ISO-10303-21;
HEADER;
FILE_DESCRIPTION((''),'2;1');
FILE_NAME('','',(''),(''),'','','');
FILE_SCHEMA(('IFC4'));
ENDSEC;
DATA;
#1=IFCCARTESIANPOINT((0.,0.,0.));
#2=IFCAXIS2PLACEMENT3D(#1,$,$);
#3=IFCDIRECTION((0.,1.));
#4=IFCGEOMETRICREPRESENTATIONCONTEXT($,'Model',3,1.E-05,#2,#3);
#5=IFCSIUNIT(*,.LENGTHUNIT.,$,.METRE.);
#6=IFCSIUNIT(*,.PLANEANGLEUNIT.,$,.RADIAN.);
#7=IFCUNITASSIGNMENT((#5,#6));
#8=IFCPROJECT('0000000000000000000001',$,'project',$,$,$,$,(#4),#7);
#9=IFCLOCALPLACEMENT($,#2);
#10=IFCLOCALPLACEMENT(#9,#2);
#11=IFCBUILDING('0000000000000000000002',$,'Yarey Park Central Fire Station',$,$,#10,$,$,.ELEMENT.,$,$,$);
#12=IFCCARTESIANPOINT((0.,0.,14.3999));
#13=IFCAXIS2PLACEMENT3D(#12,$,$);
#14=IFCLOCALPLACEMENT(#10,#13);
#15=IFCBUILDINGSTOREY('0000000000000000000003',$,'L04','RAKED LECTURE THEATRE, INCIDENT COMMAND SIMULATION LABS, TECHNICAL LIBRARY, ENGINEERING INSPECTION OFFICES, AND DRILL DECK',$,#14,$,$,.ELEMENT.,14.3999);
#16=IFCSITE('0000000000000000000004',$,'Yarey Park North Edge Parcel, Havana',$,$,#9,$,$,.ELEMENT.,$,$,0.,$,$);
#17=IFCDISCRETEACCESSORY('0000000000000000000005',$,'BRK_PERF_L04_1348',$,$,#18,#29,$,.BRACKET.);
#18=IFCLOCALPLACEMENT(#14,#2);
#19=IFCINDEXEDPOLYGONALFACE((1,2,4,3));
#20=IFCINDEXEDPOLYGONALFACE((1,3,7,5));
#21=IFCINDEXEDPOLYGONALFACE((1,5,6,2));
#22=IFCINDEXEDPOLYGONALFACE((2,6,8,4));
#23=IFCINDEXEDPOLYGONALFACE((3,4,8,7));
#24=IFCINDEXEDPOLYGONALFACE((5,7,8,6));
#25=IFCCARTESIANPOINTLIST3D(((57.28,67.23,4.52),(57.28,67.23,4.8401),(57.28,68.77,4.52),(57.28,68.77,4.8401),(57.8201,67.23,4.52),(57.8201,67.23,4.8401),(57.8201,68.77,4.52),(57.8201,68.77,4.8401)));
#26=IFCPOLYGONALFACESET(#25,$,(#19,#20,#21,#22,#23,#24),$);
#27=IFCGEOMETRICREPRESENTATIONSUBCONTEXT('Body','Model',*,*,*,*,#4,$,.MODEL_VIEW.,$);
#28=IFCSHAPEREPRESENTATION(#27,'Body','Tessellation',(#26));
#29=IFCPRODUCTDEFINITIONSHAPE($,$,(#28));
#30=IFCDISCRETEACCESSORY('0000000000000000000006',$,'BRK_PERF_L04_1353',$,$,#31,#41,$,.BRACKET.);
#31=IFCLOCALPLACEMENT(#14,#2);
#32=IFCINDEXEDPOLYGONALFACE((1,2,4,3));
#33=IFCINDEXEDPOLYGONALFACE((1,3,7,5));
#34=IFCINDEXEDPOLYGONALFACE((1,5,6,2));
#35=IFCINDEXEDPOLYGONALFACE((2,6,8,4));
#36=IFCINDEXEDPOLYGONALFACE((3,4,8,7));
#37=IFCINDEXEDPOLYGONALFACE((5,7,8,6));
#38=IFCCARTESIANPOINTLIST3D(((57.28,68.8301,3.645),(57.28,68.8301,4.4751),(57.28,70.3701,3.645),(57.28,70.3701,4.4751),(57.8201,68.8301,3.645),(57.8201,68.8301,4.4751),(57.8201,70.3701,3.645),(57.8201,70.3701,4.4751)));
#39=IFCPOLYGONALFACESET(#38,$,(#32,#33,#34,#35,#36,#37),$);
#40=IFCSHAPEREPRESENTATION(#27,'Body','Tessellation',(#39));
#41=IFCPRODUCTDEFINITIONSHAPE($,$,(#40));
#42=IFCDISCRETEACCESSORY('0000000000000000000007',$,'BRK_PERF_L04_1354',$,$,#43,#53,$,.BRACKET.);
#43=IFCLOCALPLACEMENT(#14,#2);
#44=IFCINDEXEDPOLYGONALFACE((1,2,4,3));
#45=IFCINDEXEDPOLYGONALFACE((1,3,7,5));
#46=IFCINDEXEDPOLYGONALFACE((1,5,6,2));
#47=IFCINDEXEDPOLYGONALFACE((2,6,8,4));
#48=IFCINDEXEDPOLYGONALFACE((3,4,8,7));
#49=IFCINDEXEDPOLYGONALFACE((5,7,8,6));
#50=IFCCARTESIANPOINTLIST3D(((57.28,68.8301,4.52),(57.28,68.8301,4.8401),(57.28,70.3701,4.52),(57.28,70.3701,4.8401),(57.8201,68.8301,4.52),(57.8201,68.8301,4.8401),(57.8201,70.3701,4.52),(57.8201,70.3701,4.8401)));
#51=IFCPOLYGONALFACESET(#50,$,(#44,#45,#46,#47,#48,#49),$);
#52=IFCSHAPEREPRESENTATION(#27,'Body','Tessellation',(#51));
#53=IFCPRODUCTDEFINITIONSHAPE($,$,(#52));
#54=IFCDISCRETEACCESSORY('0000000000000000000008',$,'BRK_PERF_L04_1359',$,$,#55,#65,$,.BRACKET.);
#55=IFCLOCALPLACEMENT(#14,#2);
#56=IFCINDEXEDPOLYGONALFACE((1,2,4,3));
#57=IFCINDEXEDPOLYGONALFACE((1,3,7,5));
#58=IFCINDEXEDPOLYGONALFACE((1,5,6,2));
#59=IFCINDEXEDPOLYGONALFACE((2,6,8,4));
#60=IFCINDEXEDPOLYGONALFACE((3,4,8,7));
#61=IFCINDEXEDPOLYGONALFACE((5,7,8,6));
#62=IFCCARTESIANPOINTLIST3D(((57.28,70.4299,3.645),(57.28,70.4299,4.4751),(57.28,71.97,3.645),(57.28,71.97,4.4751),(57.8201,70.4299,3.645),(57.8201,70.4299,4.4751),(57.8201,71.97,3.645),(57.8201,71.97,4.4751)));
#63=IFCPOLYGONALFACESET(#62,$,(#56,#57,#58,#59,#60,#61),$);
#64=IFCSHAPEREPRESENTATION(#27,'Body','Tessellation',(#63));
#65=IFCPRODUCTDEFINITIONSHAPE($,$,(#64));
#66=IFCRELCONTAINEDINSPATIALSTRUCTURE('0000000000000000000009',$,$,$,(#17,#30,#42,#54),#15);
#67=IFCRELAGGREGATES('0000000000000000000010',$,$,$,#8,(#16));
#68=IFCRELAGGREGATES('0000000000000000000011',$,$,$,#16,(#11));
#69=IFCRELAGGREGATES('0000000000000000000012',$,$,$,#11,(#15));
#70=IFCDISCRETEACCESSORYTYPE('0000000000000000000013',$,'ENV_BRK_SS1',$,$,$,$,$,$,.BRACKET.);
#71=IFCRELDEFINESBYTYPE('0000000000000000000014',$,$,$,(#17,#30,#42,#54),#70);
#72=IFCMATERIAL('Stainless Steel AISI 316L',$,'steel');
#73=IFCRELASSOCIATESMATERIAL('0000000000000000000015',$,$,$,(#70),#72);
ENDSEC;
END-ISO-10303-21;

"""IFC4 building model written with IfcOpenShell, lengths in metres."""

from ifc_helpers import new_model, si_unit, direction, frame, origin, origin_2d, place, context, subcontext, project, spatial, rectangle, extrude, material, type_object, element, save


model = new_model("IFC4")

# Units and contexts
model_context = context("Model", 3, precision=1e-05, world=origin(), true_north=direction((0.0, 1.0)))
body_context = subcontext(model_context, "Body", "Model", "MODEL_VIEW")
ifc_project = project(units=[si_unit("LENGTHUNIT", "METRE"), si_unit("PLANEANGLEUNIT", "RADIAN")], contexts=[model_context])

# Site, building, storey
site_placement = place(None, origin())
site = spatial("IfcSite", under=ifc_project, at=site_placement, Name="Yarey Park North Edge Parcel, Havana", CompositionType="ELEMENT", RefElevation=0.0)
building_placement = place(site_placement, origin())
building = spatial("IfcBuilding", under=site, at=building_placement, Name="Yarey Park Central Fire Station", CompositionType="ELEMENT")
storey_placement = place(building_placement, frame((0.0, 0.0, 14.3999)))
storey = spatial("IfcBuildingStorey", under=building, at=storey_placement, Name="L04", Description="RAKED LECTURE THEATRE, INCIDENT COMMAND SIMULATION LABS, TECHNICAL LIBRARY, ENGINEERING INSPECTION OFFICES, AND DRILL DECK", CompositionType="ELEMENT", Elevation=14.3999)

# Discrete accessories
ifc_material_1 = material(Name="Stainless Steel AISI 316L", Category="steel")
discrete_accessory_type = type_object("IfcDiscreteAccessoryType", Name="ENV_BRK_SS1", PredefinedType="BRACKET", material=ifc_material_1)
discrete_accessory_1_placement = place(storey_placement, frame((57.55, 68.0, 4.52), z_axis=(0.0, 0.0, 1.0), x_axis=(1.0, 0.0, 0.0)))
element("IfcDiscreteAccessory", 1, at=discrete_accessory_1_placement, inside=storey, type_object=discrete_accessory_type, Name="BRK_PERF_L04_1348", PredefinedType="BRACKET", context=body_context, shape_type="SweptSolid", body=[
    extrude(rectangle(XDim=0.54, YDim=1.54, at=origin_2d()), origin(), (0.0, 0.0, 1.0), 0.3201),
])
discrete_accessory_2_placement = place(storey_placement, frame((57.55, 69.6001, 3.645), z_axis=(0.0, 0.0, 1.0), x_axis=(1.0, 0.0, 0.0)))
element("IfcDiscreteAccessory", 2, at=discrete_accessory_2_placement, inside=storey, type_object=discrete_accessory_type, Name="BRK_PERF_L04_1353", PredefinedType="BRACKET", context=body_context, shape_type="SweptSolid", body=[
    extrude(rectangle(XDim=0.54, YDim=1.54, at=origin_2d()), origin(), (0.0, 0.0, 1.0), 0.8301),
])
discrete_accessory_3_placement = place(storey_placement, frame((57.55, 69.6001, 4.52), z_axis=(0.0, 0.0, 1.0), x_axis=(1.0, 0.0, 0.0)))
element("IfcDiscreteAccessory", 3, at=discrete_accessory_3_placement, inside=storey, type_object=discrete_accessory_type, Name="BRK_PERF_L04_1354", PredefinedType="BRACKET", context=body_context, shape_type="SweptSolid", body=[
    extrude(rectangle(XDim=0.54, YDim=1.54, at=origin_2d()), origin(), (0.0, 0.0, 1.0), 0.3201),
])
discrete_accessory_4_placement = place(storey_placement, frame((57.55, 71.2, 3.645), z_axis=(0.0, 0.0, 1.0), x_axis=(1.0, 0.0, 0.0)))
element("IfcDiscreteAccessory", 4, at=discrete_accessory_4_placement, inside=storey, type_object=discrete_accessory_type, Name="BRK_PERF_L04_1359", PredefinedType="BRACKET", context=body_context, shape_type="SweptSolid", body=[
    extrude(rectangle(XDim=0.54, YDim=1.54, at=origin_2d()), origin(), (0.0, 0.0, 1.0), 0.8301),
])

save(model, "model.ifc")
